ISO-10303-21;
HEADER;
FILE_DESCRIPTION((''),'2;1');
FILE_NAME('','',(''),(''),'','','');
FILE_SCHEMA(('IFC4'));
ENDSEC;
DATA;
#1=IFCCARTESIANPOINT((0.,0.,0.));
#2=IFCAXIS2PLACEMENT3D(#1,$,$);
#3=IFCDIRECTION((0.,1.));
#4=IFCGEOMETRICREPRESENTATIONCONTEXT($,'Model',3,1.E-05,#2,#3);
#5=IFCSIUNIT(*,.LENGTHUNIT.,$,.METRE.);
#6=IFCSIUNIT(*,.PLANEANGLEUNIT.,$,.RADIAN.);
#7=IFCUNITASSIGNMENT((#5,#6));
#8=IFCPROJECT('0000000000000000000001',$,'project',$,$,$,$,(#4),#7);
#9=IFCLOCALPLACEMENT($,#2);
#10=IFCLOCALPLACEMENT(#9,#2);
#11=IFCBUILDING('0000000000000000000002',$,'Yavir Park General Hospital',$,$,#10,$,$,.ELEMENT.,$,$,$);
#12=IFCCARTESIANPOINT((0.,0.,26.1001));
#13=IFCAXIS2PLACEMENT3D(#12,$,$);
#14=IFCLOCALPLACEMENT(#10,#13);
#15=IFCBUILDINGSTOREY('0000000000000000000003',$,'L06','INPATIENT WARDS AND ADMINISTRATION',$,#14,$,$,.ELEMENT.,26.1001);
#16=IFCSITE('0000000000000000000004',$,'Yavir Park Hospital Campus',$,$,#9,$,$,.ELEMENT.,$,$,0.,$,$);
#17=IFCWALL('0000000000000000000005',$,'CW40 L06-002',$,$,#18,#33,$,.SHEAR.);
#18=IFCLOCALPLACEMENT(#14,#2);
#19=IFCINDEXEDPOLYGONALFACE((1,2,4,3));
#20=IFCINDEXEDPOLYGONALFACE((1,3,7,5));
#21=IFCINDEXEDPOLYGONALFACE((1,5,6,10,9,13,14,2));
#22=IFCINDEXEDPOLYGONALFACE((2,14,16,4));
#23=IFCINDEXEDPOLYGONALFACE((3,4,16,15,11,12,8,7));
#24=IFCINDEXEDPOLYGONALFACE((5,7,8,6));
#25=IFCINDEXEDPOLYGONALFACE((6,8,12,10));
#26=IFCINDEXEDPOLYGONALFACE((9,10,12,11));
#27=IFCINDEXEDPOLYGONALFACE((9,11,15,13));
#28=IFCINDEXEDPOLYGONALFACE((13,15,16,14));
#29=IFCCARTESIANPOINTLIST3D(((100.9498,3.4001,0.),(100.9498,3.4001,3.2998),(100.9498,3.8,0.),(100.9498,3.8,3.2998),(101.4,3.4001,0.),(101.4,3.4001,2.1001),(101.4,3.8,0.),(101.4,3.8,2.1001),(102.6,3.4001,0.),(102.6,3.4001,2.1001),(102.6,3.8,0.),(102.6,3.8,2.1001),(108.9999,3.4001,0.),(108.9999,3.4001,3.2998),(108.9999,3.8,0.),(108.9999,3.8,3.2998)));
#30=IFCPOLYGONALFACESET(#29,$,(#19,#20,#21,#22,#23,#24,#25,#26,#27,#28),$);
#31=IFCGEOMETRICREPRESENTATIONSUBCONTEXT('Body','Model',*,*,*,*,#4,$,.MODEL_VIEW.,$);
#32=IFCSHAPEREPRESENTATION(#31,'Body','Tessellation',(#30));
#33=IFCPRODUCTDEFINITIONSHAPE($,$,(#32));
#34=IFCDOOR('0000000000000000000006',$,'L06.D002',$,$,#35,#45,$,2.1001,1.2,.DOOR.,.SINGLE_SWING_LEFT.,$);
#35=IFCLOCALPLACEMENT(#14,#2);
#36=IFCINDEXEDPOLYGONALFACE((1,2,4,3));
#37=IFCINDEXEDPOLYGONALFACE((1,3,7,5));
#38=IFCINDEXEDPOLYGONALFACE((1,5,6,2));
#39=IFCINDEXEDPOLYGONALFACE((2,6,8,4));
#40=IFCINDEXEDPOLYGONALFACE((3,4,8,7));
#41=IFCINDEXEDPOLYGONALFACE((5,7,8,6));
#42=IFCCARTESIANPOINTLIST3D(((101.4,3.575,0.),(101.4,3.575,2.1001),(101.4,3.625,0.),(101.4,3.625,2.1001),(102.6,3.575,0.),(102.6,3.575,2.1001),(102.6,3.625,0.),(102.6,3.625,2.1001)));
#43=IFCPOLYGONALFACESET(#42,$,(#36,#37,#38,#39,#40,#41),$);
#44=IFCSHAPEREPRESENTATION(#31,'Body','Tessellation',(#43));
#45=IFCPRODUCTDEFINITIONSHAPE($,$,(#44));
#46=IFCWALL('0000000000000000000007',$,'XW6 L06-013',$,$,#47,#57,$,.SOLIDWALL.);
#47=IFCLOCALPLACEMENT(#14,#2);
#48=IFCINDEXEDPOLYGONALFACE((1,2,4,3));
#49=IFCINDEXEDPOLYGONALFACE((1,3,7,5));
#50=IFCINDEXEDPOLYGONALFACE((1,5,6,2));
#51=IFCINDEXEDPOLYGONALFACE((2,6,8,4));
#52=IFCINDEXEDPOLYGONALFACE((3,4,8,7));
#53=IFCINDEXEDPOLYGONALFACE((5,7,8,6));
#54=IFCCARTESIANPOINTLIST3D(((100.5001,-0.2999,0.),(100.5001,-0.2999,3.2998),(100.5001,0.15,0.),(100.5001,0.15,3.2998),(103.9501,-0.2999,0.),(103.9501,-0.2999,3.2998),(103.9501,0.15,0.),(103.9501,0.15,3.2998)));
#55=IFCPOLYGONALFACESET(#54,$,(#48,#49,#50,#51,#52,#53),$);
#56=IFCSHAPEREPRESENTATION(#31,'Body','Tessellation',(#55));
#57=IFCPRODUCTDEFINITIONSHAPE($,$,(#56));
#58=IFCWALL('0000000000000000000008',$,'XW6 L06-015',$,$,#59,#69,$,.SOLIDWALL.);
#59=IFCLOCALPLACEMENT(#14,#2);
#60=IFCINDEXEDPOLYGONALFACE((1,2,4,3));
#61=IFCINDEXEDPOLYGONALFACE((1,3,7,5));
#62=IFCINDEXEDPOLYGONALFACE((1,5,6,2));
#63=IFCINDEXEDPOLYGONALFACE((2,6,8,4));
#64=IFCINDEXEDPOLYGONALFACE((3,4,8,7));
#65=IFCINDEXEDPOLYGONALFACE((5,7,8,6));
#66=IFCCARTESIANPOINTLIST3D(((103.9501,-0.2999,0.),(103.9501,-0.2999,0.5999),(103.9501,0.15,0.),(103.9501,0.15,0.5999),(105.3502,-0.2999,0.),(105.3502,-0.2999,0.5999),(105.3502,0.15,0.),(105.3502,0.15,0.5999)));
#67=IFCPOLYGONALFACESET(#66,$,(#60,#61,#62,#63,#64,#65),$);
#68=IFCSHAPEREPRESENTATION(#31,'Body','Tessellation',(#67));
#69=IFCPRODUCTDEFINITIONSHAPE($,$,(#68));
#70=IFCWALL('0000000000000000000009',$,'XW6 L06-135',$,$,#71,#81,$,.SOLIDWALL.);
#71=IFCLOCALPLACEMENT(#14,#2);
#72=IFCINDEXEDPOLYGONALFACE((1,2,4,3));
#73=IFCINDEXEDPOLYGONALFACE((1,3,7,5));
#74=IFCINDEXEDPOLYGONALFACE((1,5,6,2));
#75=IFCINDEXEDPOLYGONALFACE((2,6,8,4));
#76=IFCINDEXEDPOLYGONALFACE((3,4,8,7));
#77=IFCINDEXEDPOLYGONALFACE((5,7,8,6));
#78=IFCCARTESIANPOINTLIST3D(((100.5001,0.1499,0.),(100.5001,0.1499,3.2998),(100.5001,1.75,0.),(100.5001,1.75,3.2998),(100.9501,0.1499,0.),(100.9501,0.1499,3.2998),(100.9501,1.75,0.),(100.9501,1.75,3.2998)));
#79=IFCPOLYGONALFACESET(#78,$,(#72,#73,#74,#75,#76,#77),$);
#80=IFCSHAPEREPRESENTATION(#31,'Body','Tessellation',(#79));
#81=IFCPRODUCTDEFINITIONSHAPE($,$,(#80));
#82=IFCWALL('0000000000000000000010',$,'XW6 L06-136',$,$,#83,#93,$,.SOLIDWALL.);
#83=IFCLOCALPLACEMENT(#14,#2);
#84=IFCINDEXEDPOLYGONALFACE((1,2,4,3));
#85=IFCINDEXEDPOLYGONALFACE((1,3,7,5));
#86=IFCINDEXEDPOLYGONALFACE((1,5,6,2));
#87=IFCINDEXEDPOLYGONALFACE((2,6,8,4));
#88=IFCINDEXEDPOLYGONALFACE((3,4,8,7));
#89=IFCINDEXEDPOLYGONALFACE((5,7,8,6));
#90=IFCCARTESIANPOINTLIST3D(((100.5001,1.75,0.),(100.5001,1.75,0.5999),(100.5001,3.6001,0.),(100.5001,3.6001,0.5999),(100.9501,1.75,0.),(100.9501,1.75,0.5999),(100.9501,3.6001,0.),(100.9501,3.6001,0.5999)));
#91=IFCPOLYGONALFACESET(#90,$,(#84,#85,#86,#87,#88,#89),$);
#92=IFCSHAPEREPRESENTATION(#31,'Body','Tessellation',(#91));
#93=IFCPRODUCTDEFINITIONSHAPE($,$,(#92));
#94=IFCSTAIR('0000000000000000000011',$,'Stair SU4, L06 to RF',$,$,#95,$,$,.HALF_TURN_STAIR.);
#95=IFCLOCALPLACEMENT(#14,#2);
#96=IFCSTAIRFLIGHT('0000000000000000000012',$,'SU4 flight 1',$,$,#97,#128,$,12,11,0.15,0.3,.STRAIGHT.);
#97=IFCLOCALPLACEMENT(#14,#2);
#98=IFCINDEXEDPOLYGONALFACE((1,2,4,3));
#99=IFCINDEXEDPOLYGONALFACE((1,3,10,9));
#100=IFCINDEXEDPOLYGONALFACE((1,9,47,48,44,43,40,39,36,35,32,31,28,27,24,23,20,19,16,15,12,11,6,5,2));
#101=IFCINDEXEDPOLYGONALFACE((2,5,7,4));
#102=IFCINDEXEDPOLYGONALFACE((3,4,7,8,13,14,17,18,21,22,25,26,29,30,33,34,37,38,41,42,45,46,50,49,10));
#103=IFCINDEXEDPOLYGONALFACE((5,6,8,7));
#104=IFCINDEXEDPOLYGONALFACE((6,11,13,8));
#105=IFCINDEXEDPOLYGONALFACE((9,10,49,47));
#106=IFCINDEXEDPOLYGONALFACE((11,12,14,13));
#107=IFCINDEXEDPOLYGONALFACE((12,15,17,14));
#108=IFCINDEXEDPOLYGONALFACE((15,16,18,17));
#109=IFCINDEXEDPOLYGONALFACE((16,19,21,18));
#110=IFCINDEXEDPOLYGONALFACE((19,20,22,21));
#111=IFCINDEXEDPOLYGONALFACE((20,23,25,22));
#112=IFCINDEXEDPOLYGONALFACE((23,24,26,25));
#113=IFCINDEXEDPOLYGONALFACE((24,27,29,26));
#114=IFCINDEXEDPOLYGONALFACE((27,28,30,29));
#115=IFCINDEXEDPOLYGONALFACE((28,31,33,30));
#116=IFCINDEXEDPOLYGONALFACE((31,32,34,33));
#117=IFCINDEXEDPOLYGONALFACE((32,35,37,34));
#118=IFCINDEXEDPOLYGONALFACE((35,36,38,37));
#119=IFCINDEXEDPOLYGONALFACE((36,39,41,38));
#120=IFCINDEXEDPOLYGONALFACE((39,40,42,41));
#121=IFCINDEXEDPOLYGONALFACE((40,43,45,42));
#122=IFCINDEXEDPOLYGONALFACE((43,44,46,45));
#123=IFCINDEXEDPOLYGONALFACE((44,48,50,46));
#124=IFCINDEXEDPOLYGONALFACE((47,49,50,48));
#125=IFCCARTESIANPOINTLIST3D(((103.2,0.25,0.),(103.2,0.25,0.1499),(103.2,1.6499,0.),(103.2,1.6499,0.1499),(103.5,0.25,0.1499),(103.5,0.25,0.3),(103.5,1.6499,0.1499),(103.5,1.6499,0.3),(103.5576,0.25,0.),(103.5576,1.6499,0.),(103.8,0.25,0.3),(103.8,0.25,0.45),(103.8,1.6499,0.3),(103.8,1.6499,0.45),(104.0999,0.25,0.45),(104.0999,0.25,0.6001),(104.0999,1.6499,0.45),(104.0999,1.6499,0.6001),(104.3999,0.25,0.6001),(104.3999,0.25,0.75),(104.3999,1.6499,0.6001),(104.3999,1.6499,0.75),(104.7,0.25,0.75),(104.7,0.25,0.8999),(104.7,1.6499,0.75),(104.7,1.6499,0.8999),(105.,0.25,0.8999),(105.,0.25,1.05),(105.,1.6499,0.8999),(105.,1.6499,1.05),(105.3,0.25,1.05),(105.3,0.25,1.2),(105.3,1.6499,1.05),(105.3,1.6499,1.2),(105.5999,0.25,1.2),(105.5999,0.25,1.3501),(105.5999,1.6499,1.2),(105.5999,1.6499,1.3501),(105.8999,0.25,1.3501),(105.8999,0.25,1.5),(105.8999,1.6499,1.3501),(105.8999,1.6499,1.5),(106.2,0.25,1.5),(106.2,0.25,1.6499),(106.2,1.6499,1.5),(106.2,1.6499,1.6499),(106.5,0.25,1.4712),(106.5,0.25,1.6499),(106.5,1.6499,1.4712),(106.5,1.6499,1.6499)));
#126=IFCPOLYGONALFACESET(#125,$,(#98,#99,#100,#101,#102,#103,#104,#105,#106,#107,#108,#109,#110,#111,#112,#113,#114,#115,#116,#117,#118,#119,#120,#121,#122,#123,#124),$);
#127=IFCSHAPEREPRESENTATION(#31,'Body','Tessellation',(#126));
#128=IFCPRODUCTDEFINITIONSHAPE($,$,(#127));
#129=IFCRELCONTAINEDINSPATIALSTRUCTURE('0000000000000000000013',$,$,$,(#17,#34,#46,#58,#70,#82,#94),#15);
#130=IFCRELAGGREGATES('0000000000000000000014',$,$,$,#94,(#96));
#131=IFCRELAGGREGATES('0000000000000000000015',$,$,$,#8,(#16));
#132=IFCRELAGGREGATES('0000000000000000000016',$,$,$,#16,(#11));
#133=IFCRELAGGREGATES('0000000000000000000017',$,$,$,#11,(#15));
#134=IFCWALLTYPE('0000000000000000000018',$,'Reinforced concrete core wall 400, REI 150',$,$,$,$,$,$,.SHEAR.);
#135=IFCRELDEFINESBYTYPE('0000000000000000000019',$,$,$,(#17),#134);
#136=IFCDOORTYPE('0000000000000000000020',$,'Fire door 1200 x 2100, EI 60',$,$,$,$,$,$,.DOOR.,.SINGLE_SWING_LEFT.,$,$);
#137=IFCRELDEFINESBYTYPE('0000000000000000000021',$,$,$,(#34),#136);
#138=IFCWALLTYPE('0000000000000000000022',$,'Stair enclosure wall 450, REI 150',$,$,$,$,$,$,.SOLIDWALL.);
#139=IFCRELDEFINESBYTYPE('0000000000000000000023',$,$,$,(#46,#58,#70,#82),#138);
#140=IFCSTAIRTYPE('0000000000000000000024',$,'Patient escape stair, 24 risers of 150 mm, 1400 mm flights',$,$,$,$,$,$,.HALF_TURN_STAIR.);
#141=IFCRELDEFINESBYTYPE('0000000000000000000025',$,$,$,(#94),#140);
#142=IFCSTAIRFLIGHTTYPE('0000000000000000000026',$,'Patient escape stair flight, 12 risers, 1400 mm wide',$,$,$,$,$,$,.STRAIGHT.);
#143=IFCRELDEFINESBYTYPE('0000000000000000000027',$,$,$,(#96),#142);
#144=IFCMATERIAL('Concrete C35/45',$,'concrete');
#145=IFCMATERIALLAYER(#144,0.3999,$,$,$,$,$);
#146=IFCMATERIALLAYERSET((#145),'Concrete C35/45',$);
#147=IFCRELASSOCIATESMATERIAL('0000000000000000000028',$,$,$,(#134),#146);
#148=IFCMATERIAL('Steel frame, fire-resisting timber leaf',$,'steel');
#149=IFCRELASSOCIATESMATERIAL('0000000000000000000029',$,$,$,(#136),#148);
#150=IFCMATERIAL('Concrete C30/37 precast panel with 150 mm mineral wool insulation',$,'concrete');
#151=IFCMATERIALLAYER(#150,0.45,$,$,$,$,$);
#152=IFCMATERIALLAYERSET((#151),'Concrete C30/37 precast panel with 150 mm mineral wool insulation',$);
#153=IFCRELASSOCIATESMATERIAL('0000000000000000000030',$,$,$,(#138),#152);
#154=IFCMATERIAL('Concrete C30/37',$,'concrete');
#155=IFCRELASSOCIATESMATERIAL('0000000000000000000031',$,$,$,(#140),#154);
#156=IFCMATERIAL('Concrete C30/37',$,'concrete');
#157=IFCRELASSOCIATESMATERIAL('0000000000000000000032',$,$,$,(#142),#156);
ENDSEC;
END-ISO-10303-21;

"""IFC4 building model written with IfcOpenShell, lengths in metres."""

from ifc_helpers import new_model, si_unit, direction, frame, frame_2d, origin, place, context, subcontext, project, spatial, polyline, rectangle, outline, extrude, material, layer, layer_set, type_object, element, fill, aggregate, save


model = new_model("IFC4")

# Units and contexts
model_context = context("Model", 3, precision=1e-05, world=origin(), true_north=direction((0.0, 1.0)))
body_context = subcontext(model_context, "Body", "Model", "MODEL_VIEW")
ifc_project = project(units=[si_unit("LENGTHUNIT", "METRE"), si_unit("PLANEANGLEUNIT", "RADIAN")], contexts=[model_context])

# Site, building, storey
site_placement = place(None, origin())
site = spatial("IfcSite", under=ifc_project, at=site_placement, Name="Yavir Park Hospital Campus", CompositionType="ELEMENT", RefElevation=0.0)
building_placement = place(site_placement, origin())
building = spatial("IfcBuilding", under=site, at=building_placement, Name="Yavir Park General Hospital", CompositionType="ELEMENT")
storey_placement = place(building_placement, frame((0.0, 0.0, 26.1001)))
storey = spatial("IfcBuildingStorey", under=building, at=storey_placement, Name="L06", Description="INPATIENT WARDS AND ADMINISTRATION", CompositionType="ELEMENT", Elevation=26.1001)

# Wall, opening, door
ifc_material_1 = material(Name="Concrete C35/45", Category="concrete")
ifc_layer_1 = layer(ifc_material_1, 0.3999)
ifc_layer_set_1 = layer_set([ifc_layer_1], Name="Concrete C35/45")
wall_type_1 = type_object("IfcWallType", Name="Reinforced concrete core wall 400, REI 150", PredefinedType="SHEAR", material=ifc_layer_set_1)
wall_1_placement = place(storey_placement, frame((100.95, 3.6001, 0.0), z_axis=(0.0, 0.0, 1.0), x_axis=(1.0, 0.0, 0.0)))
wall_1 = element("IfcWall", 1, at=wall_1_placement, inside=storey, type_object=wall_type_1, Name="CW40 L06-002", PredefinedType="SHEAR", context=body_context, shape_type="SweptSolid", body=[
    extrude(rectangle(XDim=8.05, YDim=0.3999, at=frame_2d((4.0249, 0.0))), origin(), (0.0, 0.0, 1.0), 3.2998),
])
opening_placement = place(wall_1_placement, frame((0.45, 0.0, 0.0)))
opening = element("IfcOpeningElement", 2, at=opening_placement, cuts=wall_1, PredefinedType="OPENING", context=body_context, shape_type="SweptSolid", body=[
    extrude(rectangle(XDim=1.2, YDim=2.1001, at=frame_2d((0.6001, 1.05))), frame((0.0, 0.21, 0.0), z_axis=(0.0, -1.0, 0.0), x_axis=(1.0, 0.0, 0.0)), (0.0, 0.0, 1.0), 0.4199),
])
ifc_material_2 = material(Name="Steel frame, fire-resisting timber leaf", Category="steel")
door_type = type_object("IfcDoorType", Name="Fire door 1200 x 2100, EI 60", OperationType="SINGLE_SWING_LEFT", PredefinedType="DOOR", material=ifc_material_2)
door_placement = place(opening_placement, origin())
door = element("IfcDoor", 3, at=door_placement, inside=storey, type_object=door_type, Name="L06.D002", OperationType="SINGLE_SWING_LEFT", OverallHeight=2.1001, OverallWidth=1.2, PredefinedType="DOOR", context=body_context, shape_type="SweptSolid", body=[
    extrude(rectangle(XDim=1.2, YDim=2.1001, at=frame_2d((0.6001, 1.05))), frame((0.0, 0.0249, 0.0), z_axis=(0.0, -1.0, 0.0), x_axis=(1.0, 0.0, 0.0)), (0.0, 0.0, 1.0), 0.05),
])
fill(opening, door)

# Walls
ifc_material_3 = material(Name="Concrete C30/37 precast panel with 150 mm mineral wool insulation", Category="concrete")
ifc_layer_2 = layer(ifc_material_3, 0.45)
ifc_layer_set_2 = layer_set([ifc_layer_2], Name="Concrete C30/37 precast panel with 150 mm mineral wool insulation")
wall_type_2 = type_object("IfcWallType", Name="Stair enclosure wall 450, REI 150", PredefinedType="SOLIDWALL", material=ifc_layer_set_2)
wall_2_placement = place(storey_placement, frame((100.5, -0.075, 0.0), z_axis=(0.0, 0.0, 1.0), x_axis=(1.0, 0.0, 0.0)))
element("IfcWall", 4, at=wall_2_placement, inside=storey, type_object=wall_type_2, Name="XW6 L06-013", PredefinedType="SOLIDWALL", context=body_context, shape_type="SweptSolid", body=[
    extrude(rectangle(XDim=3.45, YDim=0.45, at=frame_2d((1.7251, 0.0))), origin(), (0.0, 0.0, 1.0), 3.2998),
])
wall_3_placement = place(storey_placement, frame((103.95, -0.075, 0.0), z_axis=(0.0, 0.0, 1.0), x_axis=(1.0, 0.0, 0.0)))
element("IfcWall", 5, at=wall_3_placement, inside=storey, type_object=wall_type_2, Name="XW6 L06-015", PredefinedType="SOLIDWALL", context=body_context, shape_type="SweptSolid", body=[
    extrude(rectangle(XDim=1.4001, YDim=0.45, at=frame_2d((0.7002, 0.0))), origin(), (0.0, 0.0, 1.0), 0.5999),
])
wall_4_placement = place(storey_placement, frame((100.7251, 0.1499, 0.0), z_axis=(0.0, 0.0, 1.0), x_axis=(0.0, 1.0, 0.0)))
element("IfcWall", 6, at=wall_4_placement, inside=storey, type_object=wall_type_2, Name="XW6 L06-135", PredefinedType="SOLIDWALL", context=body_context, shape_type="SweptSolid", body=[
    extrude(rectangle(XDim=1.6001, YDim=0.45, at=frame_2d((0.8, 0.0))), origin(), (0.0, 0.0, 1.0), 3.2998),
])
wall_5_placement = place(storey_placement, frame((100.7251, 1.75, 0.0), z_axis=(0.0, 0.0, 1.0), x_axis=(0.0, 1.0, 0.0)))
element("IfcWall", 7, at=wall_5_placement, inside=storey, type_object=wall_type_2, Name="XW6 L06-136", PredefinedType="SOLIDWALL", context=body_context, shape_type="SweptSolid", body=[
    extrude(rectangle(XDim=1.8501, YDim=0.45, at=frame_2d((0.925, 0.0))), origin(), (0.0, 0.0, 1.0), 0.5999),
])

# Stair, stair flight
ifc_material_4 = material(Name="Concrete C30/37", Category="concrete")
stair_type = type_object("IfcStairType", Name="Patient escape stair, 24 risers of 150 mm, 1400 mm flights", PredefinedType="HALF_TURN_STAIR", material=ifc_material_4)
stair_placement = place(storey_placement, origin())
stair = element("IfcStair", 8, at=stair_placement, inside=storey, type_object=stair_type, Name="Stair SU4, L06 to RF", PredefinedType="HALF_TURN_STAIR")
ifc_material_5 = material(Name="Concrete C30/37", Category="concrete")
stair_flight_type = type_object("IfcStairFlightType", Name="Patient escape stair flight, 12 risers, 1400 mm wide", PredefinedType="STRAIGHT", material=ifc_material_5)
stair_flight_placement = place(storey_placement, frame((103.2, 0.95, 0.0), z_axis=(0.0, 0.0, 1.0), x_axis=(1.0, 0.0, 0.0)))
stair_flight = element("IfcStairFlight", 9, at=stair_flight_placement, type_object=stair_flight_type, Name="SU4 flight 1", NumberOfRisers=12, NumberOfTreads=11, PredefinedType="STRAIGHT", RiserHeight=0.15, TreadLength=0.3, context=body_context, shape_type="SweptSolid", body=[
    extrude(outline(polyline([(0.0, 0.0), (0.0, 0.1499), (0.3, 0.1499), (0.3, 0.3), (0.6001, 0.3), (0.6001, 0.45), (0.8999, 0.45), (0.8999, 0.6001), (1.2, 0.6001), (1.2, 0.75), (1.5, 0.75), (1.5, 0.8999), (1.8, 0.8999), (1.8, 1.05), (2.1001, 1.05), (2.1001, 1.2), (2.3999, 1.2), (2.3999, 1.3501), (2.7, 1.3501), (2.7, 1.5), (3.0, 1.5), (3.0, 1.6499), (3.3, 1.6499), (3.3, 1.8), (3.3, 1.4712), (0.3577, 0.0), (0.0, 0.0)])), frame((0.0, 0.7, 0.0), z_axis=(0.0, -1.0, 0.0), x_axis=(1.0, 0.0, 0.0)), (0.0, 0.0, 1.0), 1.3999),
])
aggregate(stair, [stair_flight])

save(model, "model.ifc")
